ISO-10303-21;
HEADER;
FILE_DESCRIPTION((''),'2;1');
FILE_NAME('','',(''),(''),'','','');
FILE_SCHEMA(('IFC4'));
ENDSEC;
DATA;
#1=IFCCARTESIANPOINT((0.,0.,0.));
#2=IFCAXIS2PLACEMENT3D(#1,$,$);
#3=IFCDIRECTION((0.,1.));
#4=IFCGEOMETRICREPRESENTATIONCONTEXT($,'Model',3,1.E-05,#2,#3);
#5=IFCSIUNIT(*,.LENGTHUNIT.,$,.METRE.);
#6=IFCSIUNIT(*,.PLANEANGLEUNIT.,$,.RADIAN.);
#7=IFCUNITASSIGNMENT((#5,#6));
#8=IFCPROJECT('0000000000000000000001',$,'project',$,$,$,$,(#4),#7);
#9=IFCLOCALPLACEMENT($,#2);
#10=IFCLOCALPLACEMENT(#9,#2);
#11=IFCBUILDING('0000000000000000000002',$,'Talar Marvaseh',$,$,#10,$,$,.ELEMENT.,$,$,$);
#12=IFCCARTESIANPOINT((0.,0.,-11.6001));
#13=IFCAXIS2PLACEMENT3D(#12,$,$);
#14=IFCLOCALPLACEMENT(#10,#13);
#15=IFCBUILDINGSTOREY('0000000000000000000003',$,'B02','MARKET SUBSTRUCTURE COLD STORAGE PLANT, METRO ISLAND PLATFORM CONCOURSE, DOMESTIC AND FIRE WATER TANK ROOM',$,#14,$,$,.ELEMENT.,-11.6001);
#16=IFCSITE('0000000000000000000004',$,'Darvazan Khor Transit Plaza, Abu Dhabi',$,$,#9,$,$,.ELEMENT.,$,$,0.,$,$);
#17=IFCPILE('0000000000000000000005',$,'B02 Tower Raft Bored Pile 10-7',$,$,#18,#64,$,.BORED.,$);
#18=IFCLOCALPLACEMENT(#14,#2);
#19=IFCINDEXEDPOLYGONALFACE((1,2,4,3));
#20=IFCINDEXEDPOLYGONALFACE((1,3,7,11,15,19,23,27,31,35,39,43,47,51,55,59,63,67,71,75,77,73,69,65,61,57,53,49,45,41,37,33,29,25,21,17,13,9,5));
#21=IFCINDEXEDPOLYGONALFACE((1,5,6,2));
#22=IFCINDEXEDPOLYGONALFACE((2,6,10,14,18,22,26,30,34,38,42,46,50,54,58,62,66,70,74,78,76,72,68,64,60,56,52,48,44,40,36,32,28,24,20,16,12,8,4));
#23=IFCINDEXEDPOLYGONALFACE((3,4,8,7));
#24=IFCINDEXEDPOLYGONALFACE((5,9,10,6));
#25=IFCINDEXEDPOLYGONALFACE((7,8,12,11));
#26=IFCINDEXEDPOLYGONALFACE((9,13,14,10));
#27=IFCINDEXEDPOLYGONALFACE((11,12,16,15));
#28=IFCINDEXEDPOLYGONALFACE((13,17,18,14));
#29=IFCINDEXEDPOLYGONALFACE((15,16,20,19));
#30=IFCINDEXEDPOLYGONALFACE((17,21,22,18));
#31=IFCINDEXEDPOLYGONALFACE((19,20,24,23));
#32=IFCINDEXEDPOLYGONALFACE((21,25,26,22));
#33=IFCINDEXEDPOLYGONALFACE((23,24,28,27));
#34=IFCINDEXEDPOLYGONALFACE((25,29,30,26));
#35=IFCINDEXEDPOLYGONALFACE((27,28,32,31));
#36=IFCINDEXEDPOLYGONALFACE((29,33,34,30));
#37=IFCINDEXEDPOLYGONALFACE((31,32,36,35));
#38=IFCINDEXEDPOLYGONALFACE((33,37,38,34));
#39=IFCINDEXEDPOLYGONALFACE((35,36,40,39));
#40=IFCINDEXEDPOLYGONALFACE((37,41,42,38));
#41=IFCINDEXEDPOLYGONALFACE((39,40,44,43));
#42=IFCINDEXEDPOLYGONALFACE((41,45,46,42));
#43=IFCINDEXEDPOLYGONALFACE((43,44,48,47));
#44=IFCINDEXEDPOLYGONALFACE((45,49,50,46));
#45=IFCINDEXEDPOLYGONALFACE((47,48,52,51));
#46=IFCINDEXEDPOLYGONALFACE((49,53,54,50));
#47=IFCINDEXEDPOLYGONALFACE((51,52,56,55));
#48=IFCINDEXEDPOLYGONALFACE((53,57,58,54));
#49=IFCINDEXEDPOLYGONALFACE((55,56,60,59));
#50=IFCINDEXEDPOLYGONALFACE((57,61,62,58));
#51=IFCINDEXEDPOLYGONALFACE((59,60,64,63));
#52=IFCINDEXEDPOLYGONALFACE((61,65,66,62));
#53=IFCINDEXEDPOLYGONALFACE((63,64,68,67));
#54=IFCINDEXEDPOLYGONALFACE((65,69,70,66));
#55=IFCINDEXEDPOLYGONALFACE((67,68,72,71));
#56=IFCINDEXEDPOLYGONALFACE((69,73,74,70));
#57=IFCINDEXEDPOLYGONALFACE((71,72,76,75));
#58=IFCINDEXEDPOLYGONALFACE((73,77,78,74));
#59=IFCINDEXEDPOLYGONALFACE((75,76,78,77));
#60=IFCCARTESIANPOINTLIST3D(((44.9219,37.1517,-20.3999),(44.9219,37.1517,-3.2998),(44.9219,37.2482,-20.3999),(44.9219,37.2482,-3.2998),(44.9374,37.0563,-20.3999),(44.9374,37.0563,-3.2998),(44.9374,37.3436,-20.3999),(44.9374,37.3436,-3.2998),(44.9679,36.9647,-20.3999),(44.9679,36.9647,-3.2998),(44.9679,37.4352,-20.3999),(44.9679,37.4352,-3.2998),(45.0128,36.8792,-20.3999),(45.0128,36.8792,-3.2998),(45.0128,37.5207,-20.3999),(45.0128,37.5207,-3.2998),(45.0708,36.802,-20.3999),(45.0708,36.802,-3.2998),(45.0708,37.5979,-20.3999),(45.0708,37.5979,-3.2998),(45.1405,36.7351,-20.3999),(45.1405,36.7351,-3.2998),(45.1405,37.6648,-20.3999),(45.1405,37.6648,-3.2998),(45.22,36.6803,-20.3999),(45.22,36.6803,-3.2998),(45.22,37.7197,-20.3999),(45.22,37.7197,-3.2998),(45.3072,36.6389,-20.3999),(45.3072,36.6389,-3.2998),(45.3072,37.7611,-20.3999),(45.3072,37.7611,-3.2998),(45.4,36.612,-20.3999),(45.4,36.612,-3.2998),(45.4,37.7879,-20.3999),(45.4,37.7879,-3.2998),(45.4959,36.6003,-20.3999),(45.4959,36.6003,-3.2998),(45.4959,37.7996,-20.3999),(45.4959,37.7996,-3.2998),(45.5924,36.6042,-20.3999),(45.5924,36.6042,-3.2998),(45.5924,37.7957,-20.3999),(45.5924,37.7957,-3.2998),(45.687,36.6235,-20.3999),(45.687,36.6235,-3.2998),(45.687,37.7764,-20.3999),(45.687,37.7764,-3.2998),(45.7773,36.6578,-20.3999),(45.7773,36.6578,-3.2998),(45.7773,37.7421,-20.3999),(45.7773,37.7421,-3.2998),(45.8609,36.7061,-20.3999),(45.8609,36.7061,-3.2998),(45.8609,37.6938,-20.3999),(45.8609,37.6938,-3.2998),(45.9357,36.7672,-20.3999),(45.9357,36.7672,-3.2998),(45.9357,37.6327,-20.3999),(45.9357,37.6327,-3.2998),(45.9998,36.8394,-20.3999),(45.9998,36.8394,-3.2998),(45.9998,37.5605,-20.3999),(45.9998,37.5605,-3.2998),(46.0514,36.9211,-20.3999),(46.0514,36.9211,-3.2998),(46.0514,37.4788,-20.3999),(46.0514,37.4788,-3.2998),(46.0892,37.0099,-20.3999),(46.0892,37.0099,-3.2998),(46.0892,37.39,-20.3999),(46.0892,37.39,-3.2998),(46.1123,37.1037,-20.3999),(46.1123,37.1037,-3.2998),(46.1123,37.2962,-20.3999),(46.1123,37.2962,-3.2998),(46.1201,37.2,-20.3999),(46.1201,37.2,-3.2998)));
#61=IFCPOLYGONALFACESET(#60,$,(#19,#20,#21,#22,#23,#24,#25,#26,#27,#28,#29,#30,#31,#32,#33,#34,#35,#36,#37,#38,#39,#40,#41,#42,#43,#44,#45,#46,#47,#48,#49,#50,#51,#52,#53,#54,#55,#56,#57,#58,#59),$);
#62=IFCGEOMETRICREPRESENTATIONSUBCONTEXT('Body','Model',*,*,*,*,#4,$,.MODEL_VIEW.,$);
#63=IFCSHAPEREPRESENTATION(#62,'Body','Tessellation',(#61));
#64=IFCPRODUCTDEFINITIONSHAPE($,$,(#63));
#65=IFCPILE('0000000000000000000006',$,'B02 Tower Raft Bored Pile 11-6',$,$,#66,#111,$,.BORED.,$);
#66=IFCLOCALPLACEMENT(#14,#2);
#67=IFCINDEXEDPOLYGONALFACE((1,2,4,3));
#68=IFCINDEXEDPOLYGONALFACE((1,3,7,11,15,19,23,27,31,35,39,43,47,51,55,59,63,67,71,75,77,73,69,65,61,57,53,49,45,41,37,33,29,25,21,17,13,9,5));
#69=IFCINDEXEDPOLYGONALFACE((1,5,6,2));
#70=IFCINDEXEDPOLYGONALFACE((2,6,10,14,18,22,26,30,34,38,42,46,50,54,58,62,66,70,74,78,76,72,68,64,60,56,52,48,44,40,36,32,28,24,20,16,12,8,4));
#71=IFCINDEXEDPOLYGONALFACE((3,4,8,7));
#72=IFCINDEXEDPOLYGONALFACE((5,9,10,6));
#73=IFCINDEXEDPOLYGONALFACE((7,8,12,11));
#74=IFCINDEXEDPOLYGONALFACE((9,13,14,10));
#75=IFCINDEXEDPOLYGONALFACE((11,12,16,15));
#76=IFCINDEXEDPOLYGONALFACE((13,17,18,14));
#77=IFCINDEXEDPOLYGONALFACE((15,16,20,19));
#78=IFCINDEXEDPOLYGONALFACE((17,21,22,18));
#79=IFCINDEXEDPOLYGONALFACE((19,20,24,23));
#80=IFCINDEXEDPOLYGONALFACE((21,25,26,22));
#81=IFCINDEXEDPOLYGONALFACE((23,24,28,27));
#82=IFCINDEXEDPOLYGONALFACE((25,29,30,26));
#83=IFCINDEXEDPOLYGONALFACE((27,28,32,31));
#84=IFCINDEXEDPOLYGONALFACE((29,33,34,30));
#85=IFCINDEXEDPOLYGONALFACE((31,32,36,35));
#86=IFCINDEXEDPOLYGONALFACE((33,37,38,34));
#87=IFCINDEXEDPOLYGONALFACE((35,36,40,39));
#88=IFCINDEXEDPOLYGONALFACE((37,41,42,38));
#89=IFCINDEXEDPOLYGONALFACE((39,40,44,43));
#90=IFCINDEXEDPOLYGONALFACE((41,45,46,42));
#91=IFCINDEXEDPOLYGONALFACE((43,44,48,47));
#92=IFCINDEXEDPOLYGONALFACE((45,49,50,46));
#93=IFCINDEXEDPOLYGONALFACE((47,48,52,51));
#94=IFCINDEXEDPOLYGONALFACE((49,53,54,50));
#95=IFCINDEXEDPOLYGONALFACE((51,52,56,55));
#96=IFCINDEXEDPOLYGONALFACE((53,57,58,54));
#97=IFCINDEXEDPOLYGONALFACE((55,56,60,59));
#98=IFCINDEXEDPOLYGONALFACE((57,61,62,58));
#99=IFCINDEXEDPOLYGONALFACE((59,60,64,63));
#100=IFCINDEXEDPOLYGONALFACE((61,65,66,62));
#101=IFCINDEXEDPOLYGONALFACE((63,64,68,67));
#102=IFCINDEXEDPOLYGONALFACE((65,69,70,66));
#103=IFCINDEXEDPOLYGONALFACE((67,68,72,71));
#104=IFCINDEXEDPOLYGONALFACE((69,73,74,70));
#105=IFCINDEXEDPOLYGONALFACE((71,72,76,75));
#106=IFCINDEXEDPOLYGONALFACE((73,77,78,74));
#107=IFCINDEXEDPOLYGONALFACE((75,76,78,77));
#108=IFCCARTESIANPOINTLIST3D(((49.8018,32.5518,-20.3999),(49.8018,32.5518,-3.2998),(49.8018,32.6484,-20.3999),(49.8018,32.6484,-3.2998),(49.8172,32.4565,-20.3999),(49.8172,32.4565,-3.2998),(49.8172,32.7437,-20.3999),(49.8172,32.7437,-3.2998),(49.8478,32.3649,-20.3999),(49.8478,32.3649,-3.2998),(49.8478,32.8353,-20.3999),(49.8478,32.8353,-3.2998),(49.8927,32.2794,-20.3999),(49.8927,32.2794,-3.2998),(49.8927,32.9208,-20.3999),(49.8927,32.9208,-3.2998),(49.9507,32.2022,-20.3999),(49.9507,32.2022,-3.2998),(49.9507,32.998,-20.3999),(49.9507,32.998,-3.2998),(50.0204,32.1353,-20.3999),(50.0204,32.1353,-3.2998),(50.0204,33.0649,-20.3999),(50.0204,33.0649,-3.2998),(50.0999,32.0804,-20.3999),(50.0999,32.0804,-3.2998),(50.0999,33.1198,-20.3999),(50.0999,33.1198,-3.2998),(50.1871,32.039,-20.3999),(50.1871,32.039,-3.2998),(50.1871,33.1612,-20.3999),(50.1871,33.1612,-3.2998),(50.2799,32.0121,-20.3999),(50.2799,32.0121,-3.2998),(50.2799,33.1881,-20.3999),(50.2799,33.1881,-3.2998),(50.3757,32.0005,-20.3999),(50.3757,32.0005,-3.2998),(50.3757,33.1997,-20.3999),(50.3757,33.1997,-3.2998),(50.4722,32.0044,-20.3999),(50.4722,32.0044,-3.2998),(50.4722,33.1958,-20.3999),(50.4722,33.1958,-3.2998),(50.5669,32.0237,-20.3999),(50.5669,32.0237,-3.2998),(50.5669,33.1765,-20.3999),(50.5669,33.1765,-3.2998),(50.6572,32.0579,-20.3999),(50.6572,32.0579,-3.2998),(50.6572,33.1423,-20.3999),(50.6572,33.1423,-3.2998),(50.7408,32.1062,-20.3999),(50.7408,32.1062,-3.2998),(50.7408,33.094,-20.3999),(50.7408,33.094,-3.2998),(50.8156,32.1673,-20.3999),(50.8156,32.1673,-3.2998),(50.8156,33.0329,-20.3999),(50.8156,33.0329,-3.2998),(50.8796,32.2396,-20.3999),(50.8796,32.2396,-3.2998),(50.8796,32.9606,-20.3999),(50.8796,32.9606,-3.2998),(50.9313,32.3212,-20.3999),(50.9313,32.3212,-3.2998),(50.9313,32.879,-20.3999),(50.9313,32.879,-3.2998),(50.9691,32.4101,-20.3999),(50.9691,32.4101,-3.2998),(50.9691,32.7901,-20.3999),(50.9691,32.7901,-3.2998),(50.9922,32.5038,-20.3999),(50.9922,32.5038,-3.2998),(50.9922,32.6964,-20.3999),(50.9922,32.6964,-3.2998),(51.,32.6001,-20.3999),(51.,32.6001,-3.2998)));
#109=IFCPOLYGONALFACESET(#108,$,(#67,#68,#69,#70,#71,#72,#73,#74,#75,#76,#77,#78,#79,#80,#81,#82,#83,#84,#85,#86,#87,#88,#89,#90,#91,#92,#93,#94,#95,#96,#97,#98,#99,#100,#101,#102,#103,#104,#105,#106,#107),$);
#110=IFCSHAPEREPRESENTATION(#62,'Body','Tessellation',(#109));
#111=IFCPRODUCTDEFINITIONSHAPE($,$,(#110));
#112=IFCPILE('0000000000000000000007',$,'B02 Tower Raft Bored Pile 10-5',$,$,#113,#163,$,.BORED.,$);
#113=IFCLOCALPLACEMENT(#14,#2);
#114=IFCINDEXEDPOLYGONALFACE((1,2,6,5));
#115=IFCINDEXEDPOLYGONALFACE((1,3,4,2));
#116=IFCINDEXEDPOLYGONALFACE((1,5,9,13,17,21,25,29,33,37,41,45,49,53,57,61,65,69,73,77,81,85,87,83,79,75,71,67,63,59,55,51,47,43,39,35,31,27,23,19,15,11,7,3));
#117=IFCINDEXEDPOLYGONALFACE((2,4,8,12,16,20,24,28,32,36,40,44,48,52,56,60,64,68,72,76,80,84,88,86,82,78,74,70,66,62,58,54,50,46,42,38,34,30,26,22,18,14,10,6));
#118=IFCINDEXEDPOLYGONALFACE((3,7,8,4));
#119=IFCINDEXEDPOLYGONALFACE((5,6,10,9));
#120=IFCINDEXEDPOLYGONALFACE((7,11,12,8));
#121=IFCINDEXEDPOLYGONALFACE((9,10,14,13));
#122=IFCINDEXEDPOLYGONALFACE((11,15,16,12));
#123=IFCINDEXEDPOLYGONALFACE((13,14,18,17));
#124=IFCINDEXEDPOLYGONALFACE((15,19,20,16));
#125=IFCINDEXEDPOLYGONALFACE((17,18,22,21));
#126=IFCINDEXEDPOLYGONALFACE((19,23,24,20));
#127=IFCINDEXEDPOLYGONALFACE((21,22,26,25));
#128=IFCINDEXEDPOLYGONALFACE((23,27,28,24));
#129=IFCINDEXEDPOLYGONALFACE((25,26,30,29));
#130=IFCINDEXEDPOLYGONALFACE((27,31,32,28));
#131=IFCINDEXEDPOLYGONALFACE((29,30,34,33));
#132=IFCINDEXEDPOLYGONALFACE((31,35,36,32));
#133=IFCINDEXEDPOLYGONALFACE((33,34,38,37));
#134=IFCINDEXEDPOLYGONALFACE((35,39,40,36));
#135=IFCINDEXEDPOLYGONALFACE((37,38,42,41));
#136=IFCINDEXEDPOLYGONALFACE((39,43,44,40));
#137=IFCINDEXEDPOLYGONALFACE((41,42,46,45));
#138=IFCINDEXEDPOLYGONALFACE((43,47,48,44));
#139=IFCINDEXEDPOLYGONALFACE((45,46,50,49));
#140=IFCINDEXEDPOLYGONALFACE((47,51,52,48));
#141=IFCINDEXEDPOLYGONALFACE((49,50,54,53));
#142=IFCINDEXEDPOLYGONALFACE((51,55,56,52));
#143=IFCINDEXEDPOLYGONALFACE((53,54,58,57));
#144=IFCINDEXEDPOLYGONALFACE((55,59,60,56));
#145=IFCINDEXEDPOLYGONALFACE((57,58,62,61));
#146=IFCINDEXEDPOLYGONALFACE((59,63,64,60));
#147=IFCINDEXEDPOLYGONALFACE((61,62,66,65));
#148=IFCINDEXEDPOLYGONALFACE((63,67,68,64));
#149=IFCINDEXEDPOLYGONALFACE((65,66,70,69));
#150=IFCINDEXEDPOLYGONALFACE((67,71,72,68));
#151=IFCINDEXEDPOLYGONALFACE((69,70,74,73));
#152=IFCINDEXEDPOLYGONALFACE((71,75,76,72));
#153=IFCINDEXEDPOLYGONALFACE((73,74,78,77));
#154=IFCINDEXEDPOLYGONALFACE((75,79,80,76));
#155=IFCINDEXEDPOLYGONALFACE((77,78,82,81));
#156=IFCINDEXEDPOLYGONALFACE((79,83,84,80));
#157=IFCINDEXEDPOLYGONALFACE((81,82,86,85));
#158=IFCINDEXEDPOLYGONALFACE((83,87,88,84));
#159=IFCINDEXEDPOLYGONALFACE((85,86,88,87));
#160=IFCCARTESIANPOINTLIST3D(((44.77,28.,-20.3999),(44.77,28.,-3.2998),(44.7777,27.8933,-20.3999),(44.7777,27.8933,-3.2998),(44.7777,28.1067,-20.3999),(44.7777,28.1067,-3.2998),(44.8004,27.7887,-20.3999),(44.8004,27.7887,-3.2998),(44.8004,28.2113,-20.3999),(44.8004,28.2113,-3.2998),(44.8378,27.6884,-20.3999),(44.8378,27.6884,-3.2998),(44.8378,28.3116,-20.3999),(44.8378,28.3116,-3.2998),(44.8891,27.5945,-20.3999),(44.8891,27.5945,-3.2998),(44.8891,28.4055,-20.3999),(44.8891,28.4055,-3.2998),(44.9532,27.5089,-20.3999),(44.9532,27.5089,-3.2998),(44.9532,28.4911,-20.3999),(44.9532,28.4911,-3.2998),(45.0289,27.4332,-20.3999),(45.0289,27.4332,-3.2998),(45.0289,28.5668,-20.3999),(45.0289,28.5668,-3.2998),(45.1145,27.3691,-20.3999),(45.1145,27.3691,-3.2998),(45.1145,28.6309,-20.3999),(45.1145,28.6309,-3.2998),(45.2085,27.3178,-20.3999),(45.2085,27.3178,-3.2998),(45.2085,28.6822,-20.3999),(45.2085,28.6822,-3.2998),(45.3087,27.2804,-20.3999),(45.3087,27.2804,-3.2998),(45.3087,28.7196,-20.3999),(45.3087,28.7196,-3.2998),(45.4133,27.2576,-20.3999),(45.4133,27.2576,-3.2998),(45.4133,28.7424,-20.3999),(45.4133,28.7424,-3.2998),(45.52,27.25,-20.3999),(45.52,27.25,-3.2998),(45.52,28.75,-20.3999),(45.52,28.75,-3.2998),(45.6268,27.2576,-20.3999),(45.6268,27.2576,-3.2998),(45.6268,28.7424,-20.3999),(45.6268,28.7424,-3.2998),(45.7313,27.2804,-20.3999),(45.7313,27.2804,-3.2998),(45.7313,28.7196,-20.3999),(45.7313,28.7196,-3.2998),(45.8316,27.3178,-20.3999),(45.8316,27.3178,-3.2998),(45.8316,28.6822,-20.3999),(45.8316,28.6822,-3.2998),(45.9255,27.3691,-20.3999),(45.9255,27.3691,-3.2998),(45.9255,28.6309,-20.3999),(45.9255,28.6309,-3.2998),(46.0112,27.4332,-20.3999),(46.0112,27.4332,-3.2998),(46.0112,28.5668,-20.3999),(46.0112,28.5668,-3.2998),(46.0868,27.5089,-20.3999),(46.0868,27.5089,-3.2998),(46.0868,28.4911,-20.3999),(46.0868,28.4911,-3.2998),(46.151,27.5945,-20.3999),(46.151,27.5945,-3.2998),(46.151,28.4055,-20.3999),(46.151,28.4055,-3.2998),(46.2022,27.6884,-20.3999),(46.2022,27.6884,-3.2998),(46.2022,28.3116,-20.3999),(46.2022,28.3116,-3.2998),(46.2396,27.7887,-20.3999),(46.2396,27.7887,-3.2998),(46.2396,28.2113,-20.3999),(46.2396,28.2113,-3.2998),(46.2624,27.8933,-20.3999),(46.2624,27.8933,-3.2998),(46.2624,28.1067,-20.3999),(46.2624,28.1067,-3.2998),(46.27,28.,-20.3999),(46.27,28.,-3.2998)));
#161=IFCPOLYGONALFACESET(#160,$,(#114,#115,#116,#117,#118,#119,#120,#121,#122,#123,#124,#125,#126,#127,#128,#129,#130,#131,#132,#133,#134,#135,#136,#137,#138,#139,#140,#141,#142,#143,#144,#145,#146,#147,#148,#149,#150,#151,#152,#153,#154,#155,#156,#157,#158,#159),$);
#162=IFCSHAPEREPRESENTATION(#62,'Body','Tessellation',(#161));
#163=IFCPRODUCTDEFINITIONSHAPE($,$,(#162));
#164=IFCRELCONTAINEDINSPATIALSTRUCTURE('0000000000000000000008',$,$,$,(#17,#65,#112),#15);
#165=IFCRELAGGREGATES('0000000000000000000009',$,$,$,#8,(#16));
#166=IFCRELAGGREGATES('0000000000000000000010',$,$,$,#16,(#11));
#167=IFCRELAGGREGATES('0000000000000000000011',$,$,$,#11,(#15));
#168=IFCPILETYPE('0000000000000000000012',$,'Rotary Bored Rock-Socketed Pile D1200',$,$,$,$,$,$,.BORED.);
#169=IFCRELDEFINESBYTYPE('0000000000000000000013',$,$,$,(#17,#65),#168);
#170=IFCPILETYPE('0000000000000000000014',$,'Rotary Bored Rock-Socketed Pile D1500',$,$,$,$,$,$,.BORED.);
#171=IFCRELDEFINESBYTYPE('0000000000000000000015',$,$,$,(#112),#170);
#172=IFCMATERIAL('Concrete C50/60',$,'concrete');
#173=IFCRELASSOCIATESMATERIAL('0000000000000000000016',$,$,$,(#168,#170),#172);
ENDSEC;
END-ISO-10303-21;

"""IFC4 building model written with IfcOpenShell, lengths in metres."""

from ifc_helpers import new_model, si_unit, direction, frame, origin, origin_2d, place, context, subcontext, project, spatial, circle, extrude, source, transform, mapped, material, material_profile, profile_set, type_object, type_shapes, element, save


model = new_model("IFC4")

# Units and contexts
model_context = context("Model", 3, precision=1e-05, world=origin(), true_north=direction((0.0, 1.0)))
body_context = subcontext(model_context, "Body", "Model", "MODEL_VIEW")
ifc_project = project(units=[si_unit("LENGTHUNIT", "METRE"), si_unit("PLANEANGLEUNIT", "RADIAN")], contexts=[model_context])

# Site, building, storey
site_placement = place(None, origin())
site = spatial("IfcSite", under=ifc_project, at=site_placement, Name="Darvazan Khor Transit Plaza, Abu Dhabi", CompositionType="ELEMENT", RefElevation=0.0)
building_placement = place(site_placement, origin())
building = spatial("IfcBuilding", under=site, at=building_placement, Name="Talar Marvaseh", CompositionType="ELEMENT")
storey_placement = place(building_placement, frame((0.0, 0.0, -11.6001)))
storey = spatial("IfcBuildingStorey", under=building, at=storey_placement, Name="B02", Description="MARKET SUBSTRUCTURE COLD STORAGE PLANT, METRO ISLAND PLATFORM CONCOURSE, DOMESTIC AND FIRE WATER TANK ROOM", CompositionType="ELEMENT", Elevation=-11.6001)

# Piles
ifc_material_1 = material(Name="Concrete C50/60", Category="concrete")
ifc_material_profile_1 = material_profile(ifc_material_1, circle(Radius=0.6001, at=origin_2d()), Name="PILE-D1200")
ifc_profile_set_1 = profile_set([ifc_material_profile_1], Name="Concrete C50/60")
pile_type_1 = type_object("IfcPileType", Name="Rotary Bored Rock-Socketed Pile D1200", PredefinedType="BORED", material=ifc_profile_set_1)
shared_shape_1 = source(origin(), body_context, "Body", "SweptSolid", [
    extrude(circle(Radius=0.6001, at=origin_2d()), origin(), (0.0, 0.0, 1.0), 17.1001),
])
type_shapes(pile_type_1, [shared_shape_1])
for number, where, z_axis, x_axis, name in (
    (1, (45.52, 37.2, -3.2998), (0.0, 0.0, -1.0), (1.0, 0.0, 0.0), "B02 Tower Raft Bored Pile 10-7"),
    (2, (50.3999, 32.6001, -3.2998), (0.0, 0.0, -1.0), (1.0, 0.0, 0.0), "B02 Tower Raft Bored Pile 11-6"),
):
    element("IfcPile", number, at=place(storey_placement, frame(where, z_axis=z_axis, x_axis=x_axis)), inside=storey, type_object=pile_type_1, Name=name, PredefinedType="BORED", context=body_context, shape_type="MappedRepresentation", body=[
        mapped(shared_shape_1, transform((0.0, 0.0, 0.0), x_axis=(1.0, 0.0, 0.0), y_axis=(0.0, 1.0, 0.0), z_axis=(0.0, 0.0, 1.0), scale=1.0)),
    ])
ifc_material_profile_2 = material_profile(ifc_material_1, circle(Radius=0.75, at=origin_2d()), Name="PILE-D1500")
ifc_profile_set_2 = profile_set([ifc_material_profile_2], Name="Concrete C50/60")
pile_type_2 = type_object("IfcPileType", Name="Rotary Bored Rock-Socketed Pile D1500", PredefinedType="BORED", material=ifc_profile_set_2)
shared_shape_2 = source(origin(), body_context, "Body", "SweptSolid", [
    extrude(circle(Radius=0.75, at=origin_2d()), origin(), (0.0, 0.0, 1.0), 17.1001),
])
type_shapes(pile_type_2, [shared_shape_2])
for number, where, z_axis, x_axis, name in (
    (3, (45.52, 28.0, -3.2998), (0.0, 0.0, -1.0), (1.0, 0.0, 0.0), "B02 Tower Raft Bored Pile 10-5"),
):
    element("IfcPile", number, at=place(storey_placement, frame(where, z_axis=z_axis, x_axis=x_axis)), inside=storey, type_object=pile_type_2, Name=name, PredefinedType="BORED", context=body_context, shape_type="MappedRepresentation", body=[
        mapped(shared_shape_2, transform((0.0, 0.0, 0.0), x_axis=(1.0, 0.0, 0.0), y_axis=(0.0, 1.0, 0.0), z_axis=(0.0, 0.0, 1.0), scale=1.0)),
    ])

save(model, "model.ifc")
